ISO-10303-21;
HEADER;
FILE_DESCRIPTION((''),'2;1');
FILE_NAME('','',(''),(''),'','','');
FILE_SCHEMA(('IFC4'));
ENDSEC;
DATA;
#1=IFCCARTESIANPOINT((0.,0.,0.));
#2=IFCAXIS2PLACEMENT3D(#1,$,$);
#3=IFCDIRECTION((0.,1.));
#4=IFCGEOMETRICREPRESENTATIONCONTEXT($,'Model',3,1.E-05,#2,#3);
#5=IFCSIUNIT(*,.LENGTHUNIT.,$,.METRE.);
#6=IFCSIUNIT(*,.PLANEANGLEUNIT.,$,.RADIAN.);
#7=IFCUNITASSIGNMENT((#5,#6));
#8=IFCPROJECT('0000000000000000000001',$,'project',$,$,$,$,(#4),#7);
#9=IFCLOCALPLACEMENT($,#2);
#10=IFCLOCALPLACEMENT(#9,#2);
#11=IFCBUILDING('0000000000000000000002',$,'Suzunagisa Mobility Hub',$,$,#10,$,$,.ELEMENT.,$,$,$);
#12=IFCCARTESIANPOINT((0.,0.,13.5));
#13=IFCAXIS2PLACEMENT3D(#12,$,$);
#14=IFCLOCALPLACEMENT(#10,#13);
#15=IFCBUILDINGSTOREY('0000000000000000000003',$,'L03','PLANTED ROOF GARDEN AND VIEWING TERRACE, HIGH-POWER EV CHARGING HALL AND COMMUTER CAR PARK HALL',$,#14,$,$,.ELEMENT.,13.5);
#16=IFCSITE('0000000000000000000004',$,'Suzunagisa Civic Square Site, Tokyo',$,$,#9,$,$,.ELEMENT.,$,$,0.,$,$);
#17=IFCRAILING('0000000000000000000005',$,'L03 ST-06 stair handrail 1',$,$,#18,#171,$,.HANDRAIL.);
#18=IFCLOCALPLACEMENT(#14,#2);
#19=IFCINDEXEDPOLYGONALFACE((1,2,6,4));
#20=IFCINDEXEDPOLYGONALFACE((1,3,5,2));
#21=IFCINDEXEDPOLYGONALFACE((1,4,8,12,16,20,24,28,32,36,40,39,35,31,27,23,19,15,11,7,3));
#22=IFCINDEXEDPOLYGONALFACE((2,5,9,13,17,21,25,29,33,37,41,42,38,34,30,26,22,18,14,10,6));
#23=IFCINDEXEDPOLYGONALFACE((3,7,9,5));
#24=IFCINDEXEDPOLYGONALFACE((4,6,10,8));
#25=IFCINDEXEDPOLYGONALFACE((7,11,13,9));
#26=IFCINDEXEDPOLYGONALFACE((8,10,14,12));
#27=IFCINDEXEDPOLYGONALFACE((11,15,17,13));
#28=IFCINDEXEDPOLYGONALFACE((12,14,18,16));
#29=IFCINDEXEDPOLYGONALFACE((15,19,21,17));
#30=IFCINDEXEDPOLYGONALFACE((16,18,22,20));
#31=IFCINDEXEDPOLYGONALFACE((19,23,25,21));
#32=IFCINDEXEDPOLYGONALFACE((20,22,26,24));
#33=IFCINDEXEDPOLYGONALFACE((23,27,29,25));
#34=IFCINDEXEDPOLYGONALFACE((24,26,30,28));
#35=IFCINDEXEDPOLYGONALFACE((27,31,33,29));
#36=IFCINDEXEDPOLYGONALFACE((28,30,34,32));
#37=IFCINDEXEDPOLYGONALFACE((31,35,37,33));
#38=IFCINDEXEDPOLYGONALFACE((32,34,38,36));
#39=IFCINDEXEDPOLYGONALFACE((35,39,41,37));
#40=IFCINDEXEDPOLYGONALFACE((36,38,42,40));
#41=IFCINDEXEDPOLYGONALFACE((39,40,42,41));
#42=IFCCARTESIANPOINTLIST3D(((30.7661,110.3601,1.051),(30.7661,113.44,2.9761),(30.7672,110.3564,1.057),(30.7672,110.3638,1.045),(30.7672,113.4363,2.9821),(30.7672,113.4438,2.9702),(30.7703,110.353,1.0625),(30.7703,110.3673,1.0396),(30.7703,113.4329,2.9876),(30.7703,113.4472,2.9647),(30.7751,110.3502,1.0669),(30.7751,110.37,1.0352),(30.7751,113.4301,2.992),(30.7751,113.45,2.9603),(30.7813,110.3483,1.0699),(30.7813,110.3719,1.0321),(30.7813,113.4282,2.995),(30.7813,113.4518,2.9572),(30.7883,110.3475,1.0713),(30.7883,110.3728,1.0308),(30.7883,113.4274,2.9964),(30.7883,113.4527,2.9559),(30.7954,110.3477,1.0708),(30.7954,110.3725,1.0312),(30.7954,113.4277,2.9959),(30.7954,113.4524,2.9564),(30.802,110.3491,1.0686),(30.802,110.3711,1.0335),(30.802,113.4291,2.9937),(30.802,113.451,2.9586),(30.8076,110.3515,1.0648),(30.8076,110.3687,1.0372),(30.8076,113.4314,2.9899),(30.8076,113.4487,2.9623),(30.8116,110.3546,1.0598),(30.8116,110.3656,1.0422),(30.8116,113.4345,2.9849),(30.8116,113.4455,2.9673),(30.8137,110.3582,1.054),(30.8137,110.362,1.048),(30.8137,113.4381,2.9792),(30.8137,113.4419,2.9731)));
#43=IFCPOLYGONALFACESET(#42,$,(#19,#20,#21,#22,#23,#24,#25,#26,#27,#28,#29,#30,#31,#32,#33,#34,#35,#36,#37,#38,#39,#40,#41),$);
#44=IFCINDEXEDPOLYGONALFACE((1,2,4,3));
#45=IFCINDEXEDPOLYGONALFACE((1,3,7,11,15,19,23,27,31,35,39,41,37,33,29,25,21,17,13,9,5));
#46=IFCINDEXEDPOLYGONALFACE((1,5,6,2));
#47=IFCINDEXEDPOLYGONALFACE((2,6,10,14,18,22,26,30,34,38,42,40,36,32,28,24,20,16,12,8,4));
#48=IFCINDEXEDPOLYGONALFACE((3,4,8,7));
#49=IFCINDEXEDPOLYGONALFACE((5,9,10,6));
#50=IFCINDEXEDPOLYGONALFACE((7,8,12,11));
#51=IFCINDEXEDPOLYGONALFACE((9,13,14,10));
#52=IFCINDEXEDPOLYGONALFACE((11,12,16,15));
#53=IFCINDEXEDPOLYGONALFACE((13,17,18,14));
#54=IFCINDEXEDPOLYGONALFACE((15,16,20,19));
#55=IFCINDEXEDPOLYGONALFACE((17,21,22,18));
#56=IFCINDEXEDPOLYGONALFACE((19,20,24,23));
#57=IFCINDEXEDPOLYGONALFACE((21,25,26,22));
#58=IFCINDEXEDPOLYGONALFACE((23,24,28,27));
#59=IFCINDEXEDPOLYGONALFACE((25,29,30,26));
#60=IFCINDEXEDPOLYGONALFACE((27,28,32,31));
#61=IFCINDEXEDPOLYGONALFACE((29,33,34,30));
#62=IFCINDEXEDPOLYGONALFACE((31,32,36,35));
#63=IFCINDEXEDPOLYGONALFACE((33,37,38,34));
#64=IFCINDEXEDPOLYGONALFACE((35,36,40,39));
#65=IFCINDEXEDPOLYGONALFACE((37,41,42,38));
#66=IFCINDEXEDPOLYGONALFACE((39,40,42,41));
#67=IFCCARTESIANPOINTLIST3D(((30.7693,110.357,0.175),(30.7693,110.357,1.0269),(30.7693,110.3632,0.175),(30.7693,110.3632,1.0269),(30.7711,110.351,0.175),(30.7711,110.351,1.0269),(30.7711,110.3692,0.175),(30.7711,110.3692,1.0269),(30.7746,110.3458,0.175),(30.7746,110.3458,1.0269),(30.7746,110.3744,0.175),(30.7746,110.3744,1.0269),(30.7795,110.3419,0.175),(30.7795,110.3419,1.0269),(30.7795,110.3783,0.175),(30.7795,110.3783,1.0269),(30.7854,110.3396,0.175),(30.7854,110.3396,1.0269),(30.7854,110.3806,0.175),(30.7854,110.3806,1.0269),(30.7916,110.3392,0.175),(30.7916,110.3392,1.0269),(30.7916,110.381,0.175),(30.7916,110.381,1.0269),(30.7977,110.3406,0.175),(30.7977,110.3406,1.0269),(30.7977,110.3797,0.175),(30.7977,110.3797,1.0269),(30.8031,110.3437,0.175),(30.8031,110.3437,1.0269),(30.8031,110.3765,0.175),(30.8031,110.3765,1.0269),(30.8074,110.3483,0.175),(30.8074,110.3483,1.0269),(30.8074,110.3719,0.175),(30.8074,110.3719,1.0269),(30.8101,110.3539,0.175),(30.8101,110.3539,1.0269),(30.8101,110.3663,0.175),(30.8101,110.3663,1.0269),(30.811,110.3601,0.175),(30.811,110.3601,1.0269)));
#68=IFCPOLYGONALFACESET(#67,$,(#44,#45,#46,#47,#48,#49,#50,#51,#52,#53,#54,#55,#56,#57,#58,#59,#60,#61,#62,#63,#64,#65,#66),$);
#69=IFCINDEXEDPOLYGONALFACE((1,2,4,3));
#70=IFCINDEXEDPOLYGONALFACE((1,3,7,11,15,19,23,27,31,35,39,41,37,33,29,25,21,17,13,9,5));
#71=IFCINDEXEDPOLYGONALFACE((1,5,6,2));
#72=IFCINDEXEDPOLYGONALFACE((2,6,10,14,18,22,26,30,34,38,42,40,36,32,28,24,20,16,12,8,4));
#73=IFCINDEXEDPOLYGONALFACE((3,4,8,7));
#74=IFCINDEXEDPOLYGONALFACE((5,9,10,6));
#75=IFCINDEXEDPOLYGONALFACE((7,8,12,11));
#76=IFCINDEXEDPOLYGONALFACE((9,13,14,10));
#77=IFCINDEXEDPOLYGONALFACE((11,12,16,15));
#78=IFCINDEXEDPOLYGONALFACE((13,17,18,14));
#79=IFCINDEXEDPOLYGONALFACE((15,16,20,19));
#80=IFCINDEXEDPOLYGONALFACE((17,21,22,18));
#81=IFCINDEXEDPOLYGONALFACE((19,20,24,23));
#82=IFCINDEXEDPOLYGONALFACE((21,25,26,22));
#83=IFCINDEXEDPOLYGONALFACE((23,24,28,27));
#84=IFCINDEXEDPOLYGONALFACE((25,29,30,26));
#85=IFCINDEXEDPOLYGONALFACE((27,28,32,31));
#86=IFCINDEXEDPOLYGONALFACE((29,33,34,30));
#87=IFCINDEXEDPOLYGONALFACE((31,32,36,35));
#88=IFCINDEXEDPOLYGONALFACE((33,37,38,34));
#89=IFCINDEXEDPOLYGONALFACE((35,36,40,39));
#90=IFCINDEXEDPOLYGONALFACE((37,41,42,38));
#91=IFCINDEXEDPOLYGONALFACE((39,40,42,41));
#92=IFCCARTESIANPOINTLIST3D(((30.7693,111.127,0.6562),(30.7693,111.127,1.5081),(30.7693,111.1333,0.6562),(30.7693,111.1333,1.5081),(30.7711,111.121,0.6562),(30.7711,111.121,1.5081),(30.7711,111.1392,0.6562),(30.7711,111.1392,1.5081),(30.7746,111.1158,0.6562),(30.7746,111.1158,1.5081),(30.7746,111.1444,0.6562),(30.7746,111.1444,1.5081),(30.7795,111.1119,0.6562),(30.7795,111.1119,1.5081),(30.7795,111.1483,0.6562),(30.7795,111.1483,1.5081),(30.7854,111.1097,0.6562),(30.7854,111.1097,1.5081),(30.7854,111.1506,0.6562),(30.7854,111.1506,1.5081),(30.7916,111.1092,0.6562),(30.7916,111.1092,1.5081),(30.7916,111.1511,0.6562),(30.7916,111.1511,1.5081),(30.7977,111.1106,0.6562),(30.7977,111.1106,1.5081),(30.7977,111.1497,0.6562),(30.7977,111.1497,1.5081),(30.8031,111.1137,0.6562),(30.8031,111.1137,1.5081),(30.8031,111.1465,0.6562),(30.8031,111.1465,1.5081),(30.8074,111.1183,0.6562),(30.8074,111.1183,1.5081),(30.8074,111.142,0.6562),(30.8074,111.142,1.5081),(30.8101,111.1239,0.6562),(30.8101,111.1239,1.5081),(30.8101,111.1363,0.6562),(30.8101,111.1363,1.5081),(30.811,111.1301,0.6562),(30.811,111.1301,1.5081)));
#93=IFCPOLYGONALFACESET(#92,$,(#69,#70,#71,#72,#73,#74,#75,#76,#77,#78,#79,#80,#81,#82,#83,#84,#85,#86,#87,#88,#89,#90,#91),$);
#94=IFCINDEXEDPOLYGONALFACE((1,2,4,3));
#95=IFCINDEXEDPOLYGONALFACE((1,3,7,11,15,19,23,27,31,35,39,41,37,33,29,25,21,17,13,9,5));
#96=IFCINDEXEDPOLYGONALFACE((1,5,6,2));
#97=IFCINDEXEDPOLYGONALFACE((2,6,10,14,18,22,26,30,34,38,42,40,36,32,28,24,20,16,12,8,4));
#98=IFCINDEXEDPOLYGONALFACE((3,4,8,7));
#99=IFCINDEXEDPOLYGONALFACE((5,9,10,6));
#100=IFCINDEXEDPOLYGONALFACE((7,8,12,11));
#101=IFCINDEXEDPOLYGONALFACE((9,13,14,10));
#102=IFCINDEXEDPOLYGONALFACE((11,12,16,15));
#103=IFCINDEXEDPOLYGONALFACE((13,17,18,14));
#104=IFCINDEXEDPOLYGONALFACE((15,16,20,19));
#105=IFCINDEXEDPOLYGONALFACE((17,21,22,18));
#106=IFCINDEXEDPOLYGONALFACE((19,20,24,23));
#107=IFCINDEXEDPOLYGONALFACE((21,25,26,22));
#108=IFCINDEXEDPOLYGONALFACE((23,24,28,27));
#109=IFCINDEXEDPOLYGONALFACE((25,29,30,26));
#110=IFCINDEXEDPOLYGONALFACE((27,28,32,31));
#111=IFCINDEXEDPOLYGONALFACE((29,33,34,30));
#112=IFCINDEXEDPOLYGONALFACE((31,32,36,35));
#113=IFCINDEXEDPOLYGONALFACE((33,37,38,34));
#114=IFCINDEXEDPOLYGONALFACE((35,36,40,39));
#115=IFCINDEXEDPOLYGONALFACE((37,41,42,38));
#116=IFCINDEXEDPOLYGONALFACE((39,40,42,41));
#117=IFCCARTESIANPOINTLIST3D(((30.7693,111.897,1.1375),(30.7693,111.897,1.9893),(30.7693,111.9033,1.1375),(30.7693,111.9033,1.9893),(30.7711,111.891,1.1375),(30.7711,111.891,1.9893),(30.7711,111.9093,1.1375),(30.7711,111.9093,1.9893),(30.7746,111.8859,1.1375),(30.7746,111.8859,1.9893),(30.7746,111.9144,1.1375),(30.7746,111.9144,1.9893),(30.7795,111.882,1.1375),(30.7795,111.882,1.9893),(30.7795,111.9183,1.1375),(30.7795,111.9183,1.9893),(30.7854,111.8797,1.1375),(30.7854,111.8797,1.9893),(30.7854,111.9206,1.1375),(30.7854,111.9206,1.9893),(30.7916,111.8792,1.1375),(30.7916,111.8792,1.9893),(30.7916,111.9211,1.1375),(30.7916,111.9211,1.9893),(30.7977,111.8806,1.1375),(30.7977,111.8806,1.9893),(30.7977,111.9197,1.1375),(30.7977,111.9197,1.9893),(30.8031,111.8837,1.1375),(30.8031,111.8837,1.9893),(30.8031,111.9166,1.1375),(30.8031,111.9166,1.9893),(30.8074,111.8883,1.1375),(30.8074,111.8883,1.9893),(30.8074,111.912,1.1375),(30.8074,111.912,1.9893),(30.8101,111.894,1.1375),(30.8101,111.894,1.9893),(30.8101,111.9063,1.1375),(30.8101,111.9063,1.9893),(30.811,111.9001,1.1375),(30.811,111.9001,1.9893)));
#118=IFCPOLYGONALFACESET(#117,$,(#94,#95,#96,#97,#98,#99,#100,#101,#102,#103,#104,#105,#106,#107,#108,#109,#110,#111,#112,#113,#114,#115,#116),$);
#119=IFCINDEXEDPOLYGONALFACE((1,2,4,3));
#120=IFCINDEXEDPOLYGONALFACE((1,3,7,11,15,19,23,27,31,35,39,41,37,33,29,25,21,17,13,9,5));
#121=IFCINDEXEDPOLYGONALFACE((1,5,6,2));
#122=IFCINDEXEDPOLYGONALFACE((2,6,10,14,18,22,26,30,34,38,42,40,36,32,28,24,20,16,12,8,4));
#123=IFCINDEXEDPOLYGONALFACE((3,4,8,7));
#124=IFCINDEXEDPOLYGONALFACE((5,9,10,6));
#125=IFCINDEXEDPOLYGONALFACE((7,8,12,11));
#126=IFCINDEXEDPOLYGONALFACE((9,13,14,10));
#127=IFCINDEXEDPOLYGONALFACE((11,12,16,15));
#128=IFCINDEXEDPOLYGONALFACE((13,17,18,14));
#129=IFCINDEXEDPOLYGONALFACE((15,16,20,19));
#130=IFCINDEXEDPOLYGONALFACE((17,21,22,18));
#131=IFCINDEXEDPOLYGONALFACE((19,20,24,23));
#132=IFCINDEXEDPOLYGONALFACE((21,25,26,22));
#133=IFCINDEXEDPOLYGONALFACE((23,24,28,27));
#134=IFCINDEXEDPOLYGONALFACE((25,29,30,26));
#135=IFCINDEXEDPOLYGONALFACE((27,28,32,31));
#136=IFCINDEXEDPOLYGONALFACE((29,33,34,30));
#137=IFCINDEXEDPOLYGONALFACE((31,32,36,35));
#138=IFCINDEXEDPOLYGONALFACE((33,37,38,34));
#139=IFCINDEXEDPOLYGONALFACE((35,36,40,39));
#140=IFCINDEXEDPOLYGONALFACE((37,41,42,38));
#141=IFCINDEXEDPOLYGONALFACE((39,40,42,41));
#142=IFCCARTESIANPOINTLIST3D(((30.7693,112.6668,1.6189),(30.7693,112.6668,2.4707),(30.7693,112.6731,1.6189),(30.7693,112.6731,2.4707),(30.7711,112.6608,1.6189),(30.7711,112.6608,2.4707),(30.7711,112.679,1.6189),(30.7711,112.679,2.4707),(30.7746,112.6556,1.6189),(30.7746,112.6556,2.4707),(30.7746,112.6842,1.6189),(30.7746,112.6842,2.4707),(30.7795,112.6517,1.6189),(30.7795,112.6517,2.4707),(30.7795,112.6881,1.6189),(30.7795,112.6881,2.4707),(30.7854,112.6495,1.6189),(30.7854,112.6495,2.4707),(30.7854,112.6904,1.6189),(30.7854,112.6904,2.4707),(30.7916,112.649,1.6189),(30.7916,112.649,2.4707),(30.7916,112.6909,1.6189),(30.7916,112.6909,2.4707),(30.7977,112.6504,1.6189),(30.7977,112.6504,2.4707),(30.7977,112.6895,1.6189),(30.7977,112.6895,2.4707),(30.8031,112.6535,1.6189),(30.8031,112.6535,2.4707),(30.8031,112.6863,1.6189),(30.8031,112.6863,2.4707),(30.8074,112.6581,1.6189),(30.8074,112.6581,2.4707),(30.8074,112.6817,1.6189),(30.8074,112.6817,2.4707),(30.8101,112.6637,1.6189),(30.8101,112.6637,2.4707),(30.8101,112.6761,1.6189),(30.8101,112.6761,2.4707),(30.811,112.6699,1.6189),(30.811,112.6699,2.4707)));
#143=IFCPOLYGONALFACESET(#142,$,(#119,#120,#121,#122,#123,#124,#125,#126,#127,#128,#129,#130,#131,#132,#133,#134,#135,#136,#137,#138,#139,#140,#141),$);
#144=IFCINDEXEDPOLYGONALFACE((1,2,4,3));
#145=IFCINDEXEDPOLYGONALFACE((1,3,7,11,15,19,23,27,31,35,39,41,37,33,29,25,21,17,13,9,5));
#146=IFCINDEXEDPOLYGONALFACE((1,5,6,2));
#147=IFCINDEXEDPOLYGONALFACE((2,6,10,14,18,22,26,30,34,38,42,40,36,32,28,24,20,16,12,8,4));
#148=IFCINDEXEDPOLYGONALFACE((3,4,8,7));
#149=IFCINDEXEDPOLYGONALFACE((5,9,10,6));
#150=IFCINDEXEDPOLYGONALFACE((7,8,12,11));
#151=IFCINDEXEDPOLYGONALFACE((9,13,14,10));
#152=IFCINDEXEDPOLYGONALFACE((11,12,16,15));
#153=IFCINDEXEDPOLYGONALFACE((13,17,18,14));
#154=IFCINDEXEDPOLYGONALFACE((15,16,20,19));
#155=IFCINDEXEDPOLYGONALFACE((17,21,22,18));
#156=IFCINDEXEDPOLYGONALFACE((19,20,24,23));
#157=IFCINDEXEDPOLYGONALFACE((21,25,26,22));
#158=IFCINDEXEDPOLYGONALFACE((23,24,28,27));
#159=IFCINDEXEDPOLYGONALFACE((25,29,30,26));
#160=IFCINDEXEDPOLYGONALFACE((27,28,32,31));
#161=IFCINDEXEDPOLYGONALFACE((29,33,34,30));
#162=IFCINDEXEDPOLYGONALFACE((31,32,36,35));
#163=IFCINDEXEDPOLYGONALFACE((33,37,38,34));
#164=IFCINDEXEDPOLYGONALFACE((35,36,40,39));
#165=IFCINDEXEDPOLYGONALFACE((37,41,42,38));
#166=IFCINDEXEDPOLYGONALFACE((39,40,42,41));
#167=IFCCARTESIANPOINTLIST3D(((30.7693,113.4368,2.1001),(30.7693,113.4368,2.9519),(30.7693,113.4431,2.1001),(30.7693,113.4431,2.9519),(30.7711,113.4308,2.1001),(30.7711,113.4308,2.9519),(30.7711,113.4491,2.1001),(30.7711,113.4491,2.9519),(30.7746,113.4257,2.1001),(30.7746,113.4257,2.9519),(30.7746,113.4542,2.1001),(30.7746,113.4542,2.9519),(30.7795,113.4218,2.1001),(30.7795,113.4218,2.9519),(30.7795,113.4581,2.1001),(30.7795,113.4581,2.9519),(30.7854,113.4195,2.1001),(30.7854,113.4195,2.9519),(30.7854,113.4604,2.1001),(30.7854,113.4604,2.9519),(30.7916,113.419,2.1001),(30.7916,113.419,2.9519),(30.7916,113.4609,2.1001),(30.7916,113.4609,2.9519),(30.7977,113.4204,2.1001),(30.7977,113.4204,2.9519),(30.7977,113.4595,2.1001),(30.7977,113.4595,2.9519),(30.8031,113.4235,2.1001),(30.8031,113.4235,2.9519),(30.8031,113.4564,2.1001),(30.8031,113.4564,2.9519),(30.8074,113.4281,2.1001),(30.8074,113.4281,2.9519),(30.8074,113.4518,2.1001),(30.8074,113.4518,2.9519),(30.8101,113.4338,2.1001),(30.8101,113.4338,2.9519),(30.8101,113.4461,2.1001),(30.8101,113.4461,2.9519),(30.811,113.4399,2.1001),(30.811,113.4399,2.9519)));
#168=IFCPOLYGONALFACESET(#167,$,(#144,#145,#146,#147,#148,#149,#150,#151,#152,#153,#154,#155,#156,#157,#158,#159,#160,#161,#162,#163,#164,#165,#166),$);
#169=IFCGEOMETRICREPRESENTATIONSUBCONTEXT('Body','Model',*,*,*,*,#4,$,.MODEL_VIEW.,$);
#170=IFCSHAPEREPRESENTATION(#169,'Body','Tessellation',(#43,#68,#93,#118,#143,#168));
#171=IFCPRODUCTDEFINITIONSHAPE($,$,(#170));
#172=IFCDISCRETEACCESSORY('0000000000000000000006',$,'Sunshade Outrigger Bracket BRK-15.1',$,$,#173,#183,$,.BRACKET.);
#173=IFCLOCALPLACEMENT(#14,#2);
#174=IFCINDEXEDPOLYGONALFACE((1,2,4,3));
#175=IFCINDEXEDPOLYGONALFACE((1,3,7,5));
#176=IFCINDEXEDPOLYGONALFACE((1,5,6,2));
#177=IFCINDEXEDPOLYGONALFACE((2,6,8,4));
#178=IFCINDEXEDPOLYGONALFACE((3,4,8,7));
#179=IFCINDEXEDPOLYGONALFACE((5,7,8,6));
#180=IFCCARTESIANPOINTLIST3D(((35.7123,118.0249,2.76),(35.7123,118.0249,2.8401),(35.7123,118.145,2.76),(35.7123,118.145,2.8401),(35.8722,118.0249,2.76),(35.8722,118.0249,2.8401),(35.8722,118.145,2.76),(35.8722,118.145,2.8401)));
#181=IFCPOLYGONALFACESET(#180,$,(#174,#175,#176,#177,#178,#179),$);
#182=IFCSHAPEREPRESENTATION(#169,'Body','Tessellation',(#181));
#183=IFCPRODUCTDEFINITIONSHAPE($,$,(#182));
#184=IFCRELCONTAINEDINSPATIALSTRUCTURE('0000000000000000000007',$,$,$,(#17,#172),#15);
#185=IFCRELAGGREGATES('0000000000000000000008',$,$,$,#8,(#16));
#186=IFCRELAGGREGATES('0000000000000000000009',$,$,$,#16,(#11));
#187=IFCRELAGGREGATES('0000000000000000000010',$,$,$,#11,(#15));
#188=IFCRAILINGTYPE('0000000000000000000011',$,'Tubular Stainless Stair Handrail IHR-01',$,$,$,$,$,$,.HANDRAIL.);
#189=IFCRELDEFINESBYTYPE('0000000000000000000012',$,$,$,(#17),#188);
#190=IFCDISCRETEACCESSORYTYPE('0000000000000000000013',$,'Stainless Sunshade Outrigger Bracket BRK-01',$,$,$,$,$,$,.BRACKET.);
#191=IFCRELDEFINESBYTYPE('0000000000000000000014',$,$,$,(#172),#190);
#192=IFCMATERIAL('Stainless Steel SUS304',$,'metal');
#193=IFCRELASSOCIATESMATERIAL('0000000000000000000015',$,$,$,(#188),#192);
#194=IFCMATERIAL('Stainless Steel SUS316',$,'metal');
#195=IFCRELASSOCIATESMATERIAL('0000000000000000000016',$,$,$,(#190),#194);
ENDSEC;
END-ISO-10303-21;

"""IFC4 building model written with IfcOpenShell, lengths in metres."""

from ifc_helpers import new_model, si_unit, direction, frame, origin, origin_2d, place, context, subcontext, project, spatial, rectangle, circle, extrude, material, type_object, element, save


model = new_model("IFC4")

# Units and contexts
model_context = context("Model", 3, precision=1e-05, world=origin(), true_north=direction((0.0, 1.0)))
body_context = subcontext(model_context, "Body", "Model", "MODEL_VIEW")
ifc_project = project(units=[si_unit("LENGTHUNIT", "METRE"), si_unit("PLANEANGLEUNIT", "RADIAN")], contexts=[model_context])

# Site, building, storey
site_placement = place(None, origin())
site = spatial("IfcSite", under=ifc_project, at=site_placement, Name="Suzunagisa Civic Square Site, Tokyo", CompositionType="ELEMENT", RefElevation=0.0)
building_placement = place(site_placement, origin())
building = spatial("IfcBuilding", under=site, at=building_placement, Name="Suzunagisa Mobility Hub", CompositionType="ELEMENT")
storey_placement = place(building_placement, frame((0.0, 0.0, 13.5)))
storey = spatial("IfcBuildingStorey", under=building, at=storey_placement, Name="L03", Description="PLANTED ROOF GARDEN AND VIEWING TERRACE, HIGH-POWER EV CHARGING HALL AND COMMUTER CAR PARK HALL", CompositionType="ELEMENT", Elevation=13.5)

# Railing
ifc_material_1 = material(Name="Stainless Steel SUS304", Category="metal")
railing_type = type_object("IfcRailingType", Name="Tubular Stainless Stair Handrail IHR-01", PredefinedType="HANDRAIL", material=ifc_material_1)
railing_placement = place(storey_placement, frame((30.79, 110.3601, 0.175)))
element("IfcRailing", 1, at=railing_placement, inside=storey, type_object=railing_type, Name="L03 ST-06 stair handrail 1", PredefinedType="HANDRAIL", context=body_context, shape_type="SweptSolid", body=[
    extrude(circle(Radius=0.0239, at=origin_2d()), frame((0.0, 0.0, 0.876), z_axis=(0.0, 0.847979, 0.530029), x_axis=(-1.0, 0.0, 0.0)), (0.0, 0.0, 1.0), 3.6321),
    extrude(circle(Radius=0.021, at=origin_2d()), origin(), (0.0, 0.0, 1.0), 0.8518),
    extrude(circle(Radius=0.021, at=origin_2d()), frame((0.0, 0.77, 0.4812)), (0.0, 0.0, 1.0), 0.8518),
    extrude(circle(Radius=0.021, at=origin_2d()), frame((0.0, 1.54, 0.9624)), (0.0, 0.0, 1.0), 0.8518),
    extrude(circle(Radius=0.021, at=origin_2d()), frame((0.0, 2.3098, 1.4438)), (0.0, 0.0, 1.0), 0.8518),
    extrude(circle(Radius=0.021, at=origin_2d()), frame((0.0, 3.0798, 1.925)), (0.0, 0.0, 1.0), 0.8518),
])

# Discrete accessory
ifc_material_2 = material(Name="Stainless Steel SUS316", Category="metal")
discrete_accessory_type = type_object("IfcDiscreteAccessoryType", Name="Stainless Sunshade Outrigger Bracket BRK-01", PredefinedType="BRACKET", material=ifc_material_2)
discrete_accessory_placement = place(storey_placement, frame((35.7922, 118.085, 2.76), z_axis=(0.0, 0.0, 1.0), x_axis=(-1.0, 0.0, 0.0)))
element("IfcDiscreteAccessory", 2, at=discrete_accessory_placement, inside=storey, type_object=discrete_accessory_type, Name="Sunshade Outrigger Bracket BRK-15.1", PredefinedType="BRACKET", context=body_context, shape_type="SweptSolid", body=[
    extrude(rectangle(XDim=0.1599, YDim=0.1201, at=origin_2d()), origin(), (0.0, 0.0, 1.0), 0.0801),
])

save(model, "model.ifc")
